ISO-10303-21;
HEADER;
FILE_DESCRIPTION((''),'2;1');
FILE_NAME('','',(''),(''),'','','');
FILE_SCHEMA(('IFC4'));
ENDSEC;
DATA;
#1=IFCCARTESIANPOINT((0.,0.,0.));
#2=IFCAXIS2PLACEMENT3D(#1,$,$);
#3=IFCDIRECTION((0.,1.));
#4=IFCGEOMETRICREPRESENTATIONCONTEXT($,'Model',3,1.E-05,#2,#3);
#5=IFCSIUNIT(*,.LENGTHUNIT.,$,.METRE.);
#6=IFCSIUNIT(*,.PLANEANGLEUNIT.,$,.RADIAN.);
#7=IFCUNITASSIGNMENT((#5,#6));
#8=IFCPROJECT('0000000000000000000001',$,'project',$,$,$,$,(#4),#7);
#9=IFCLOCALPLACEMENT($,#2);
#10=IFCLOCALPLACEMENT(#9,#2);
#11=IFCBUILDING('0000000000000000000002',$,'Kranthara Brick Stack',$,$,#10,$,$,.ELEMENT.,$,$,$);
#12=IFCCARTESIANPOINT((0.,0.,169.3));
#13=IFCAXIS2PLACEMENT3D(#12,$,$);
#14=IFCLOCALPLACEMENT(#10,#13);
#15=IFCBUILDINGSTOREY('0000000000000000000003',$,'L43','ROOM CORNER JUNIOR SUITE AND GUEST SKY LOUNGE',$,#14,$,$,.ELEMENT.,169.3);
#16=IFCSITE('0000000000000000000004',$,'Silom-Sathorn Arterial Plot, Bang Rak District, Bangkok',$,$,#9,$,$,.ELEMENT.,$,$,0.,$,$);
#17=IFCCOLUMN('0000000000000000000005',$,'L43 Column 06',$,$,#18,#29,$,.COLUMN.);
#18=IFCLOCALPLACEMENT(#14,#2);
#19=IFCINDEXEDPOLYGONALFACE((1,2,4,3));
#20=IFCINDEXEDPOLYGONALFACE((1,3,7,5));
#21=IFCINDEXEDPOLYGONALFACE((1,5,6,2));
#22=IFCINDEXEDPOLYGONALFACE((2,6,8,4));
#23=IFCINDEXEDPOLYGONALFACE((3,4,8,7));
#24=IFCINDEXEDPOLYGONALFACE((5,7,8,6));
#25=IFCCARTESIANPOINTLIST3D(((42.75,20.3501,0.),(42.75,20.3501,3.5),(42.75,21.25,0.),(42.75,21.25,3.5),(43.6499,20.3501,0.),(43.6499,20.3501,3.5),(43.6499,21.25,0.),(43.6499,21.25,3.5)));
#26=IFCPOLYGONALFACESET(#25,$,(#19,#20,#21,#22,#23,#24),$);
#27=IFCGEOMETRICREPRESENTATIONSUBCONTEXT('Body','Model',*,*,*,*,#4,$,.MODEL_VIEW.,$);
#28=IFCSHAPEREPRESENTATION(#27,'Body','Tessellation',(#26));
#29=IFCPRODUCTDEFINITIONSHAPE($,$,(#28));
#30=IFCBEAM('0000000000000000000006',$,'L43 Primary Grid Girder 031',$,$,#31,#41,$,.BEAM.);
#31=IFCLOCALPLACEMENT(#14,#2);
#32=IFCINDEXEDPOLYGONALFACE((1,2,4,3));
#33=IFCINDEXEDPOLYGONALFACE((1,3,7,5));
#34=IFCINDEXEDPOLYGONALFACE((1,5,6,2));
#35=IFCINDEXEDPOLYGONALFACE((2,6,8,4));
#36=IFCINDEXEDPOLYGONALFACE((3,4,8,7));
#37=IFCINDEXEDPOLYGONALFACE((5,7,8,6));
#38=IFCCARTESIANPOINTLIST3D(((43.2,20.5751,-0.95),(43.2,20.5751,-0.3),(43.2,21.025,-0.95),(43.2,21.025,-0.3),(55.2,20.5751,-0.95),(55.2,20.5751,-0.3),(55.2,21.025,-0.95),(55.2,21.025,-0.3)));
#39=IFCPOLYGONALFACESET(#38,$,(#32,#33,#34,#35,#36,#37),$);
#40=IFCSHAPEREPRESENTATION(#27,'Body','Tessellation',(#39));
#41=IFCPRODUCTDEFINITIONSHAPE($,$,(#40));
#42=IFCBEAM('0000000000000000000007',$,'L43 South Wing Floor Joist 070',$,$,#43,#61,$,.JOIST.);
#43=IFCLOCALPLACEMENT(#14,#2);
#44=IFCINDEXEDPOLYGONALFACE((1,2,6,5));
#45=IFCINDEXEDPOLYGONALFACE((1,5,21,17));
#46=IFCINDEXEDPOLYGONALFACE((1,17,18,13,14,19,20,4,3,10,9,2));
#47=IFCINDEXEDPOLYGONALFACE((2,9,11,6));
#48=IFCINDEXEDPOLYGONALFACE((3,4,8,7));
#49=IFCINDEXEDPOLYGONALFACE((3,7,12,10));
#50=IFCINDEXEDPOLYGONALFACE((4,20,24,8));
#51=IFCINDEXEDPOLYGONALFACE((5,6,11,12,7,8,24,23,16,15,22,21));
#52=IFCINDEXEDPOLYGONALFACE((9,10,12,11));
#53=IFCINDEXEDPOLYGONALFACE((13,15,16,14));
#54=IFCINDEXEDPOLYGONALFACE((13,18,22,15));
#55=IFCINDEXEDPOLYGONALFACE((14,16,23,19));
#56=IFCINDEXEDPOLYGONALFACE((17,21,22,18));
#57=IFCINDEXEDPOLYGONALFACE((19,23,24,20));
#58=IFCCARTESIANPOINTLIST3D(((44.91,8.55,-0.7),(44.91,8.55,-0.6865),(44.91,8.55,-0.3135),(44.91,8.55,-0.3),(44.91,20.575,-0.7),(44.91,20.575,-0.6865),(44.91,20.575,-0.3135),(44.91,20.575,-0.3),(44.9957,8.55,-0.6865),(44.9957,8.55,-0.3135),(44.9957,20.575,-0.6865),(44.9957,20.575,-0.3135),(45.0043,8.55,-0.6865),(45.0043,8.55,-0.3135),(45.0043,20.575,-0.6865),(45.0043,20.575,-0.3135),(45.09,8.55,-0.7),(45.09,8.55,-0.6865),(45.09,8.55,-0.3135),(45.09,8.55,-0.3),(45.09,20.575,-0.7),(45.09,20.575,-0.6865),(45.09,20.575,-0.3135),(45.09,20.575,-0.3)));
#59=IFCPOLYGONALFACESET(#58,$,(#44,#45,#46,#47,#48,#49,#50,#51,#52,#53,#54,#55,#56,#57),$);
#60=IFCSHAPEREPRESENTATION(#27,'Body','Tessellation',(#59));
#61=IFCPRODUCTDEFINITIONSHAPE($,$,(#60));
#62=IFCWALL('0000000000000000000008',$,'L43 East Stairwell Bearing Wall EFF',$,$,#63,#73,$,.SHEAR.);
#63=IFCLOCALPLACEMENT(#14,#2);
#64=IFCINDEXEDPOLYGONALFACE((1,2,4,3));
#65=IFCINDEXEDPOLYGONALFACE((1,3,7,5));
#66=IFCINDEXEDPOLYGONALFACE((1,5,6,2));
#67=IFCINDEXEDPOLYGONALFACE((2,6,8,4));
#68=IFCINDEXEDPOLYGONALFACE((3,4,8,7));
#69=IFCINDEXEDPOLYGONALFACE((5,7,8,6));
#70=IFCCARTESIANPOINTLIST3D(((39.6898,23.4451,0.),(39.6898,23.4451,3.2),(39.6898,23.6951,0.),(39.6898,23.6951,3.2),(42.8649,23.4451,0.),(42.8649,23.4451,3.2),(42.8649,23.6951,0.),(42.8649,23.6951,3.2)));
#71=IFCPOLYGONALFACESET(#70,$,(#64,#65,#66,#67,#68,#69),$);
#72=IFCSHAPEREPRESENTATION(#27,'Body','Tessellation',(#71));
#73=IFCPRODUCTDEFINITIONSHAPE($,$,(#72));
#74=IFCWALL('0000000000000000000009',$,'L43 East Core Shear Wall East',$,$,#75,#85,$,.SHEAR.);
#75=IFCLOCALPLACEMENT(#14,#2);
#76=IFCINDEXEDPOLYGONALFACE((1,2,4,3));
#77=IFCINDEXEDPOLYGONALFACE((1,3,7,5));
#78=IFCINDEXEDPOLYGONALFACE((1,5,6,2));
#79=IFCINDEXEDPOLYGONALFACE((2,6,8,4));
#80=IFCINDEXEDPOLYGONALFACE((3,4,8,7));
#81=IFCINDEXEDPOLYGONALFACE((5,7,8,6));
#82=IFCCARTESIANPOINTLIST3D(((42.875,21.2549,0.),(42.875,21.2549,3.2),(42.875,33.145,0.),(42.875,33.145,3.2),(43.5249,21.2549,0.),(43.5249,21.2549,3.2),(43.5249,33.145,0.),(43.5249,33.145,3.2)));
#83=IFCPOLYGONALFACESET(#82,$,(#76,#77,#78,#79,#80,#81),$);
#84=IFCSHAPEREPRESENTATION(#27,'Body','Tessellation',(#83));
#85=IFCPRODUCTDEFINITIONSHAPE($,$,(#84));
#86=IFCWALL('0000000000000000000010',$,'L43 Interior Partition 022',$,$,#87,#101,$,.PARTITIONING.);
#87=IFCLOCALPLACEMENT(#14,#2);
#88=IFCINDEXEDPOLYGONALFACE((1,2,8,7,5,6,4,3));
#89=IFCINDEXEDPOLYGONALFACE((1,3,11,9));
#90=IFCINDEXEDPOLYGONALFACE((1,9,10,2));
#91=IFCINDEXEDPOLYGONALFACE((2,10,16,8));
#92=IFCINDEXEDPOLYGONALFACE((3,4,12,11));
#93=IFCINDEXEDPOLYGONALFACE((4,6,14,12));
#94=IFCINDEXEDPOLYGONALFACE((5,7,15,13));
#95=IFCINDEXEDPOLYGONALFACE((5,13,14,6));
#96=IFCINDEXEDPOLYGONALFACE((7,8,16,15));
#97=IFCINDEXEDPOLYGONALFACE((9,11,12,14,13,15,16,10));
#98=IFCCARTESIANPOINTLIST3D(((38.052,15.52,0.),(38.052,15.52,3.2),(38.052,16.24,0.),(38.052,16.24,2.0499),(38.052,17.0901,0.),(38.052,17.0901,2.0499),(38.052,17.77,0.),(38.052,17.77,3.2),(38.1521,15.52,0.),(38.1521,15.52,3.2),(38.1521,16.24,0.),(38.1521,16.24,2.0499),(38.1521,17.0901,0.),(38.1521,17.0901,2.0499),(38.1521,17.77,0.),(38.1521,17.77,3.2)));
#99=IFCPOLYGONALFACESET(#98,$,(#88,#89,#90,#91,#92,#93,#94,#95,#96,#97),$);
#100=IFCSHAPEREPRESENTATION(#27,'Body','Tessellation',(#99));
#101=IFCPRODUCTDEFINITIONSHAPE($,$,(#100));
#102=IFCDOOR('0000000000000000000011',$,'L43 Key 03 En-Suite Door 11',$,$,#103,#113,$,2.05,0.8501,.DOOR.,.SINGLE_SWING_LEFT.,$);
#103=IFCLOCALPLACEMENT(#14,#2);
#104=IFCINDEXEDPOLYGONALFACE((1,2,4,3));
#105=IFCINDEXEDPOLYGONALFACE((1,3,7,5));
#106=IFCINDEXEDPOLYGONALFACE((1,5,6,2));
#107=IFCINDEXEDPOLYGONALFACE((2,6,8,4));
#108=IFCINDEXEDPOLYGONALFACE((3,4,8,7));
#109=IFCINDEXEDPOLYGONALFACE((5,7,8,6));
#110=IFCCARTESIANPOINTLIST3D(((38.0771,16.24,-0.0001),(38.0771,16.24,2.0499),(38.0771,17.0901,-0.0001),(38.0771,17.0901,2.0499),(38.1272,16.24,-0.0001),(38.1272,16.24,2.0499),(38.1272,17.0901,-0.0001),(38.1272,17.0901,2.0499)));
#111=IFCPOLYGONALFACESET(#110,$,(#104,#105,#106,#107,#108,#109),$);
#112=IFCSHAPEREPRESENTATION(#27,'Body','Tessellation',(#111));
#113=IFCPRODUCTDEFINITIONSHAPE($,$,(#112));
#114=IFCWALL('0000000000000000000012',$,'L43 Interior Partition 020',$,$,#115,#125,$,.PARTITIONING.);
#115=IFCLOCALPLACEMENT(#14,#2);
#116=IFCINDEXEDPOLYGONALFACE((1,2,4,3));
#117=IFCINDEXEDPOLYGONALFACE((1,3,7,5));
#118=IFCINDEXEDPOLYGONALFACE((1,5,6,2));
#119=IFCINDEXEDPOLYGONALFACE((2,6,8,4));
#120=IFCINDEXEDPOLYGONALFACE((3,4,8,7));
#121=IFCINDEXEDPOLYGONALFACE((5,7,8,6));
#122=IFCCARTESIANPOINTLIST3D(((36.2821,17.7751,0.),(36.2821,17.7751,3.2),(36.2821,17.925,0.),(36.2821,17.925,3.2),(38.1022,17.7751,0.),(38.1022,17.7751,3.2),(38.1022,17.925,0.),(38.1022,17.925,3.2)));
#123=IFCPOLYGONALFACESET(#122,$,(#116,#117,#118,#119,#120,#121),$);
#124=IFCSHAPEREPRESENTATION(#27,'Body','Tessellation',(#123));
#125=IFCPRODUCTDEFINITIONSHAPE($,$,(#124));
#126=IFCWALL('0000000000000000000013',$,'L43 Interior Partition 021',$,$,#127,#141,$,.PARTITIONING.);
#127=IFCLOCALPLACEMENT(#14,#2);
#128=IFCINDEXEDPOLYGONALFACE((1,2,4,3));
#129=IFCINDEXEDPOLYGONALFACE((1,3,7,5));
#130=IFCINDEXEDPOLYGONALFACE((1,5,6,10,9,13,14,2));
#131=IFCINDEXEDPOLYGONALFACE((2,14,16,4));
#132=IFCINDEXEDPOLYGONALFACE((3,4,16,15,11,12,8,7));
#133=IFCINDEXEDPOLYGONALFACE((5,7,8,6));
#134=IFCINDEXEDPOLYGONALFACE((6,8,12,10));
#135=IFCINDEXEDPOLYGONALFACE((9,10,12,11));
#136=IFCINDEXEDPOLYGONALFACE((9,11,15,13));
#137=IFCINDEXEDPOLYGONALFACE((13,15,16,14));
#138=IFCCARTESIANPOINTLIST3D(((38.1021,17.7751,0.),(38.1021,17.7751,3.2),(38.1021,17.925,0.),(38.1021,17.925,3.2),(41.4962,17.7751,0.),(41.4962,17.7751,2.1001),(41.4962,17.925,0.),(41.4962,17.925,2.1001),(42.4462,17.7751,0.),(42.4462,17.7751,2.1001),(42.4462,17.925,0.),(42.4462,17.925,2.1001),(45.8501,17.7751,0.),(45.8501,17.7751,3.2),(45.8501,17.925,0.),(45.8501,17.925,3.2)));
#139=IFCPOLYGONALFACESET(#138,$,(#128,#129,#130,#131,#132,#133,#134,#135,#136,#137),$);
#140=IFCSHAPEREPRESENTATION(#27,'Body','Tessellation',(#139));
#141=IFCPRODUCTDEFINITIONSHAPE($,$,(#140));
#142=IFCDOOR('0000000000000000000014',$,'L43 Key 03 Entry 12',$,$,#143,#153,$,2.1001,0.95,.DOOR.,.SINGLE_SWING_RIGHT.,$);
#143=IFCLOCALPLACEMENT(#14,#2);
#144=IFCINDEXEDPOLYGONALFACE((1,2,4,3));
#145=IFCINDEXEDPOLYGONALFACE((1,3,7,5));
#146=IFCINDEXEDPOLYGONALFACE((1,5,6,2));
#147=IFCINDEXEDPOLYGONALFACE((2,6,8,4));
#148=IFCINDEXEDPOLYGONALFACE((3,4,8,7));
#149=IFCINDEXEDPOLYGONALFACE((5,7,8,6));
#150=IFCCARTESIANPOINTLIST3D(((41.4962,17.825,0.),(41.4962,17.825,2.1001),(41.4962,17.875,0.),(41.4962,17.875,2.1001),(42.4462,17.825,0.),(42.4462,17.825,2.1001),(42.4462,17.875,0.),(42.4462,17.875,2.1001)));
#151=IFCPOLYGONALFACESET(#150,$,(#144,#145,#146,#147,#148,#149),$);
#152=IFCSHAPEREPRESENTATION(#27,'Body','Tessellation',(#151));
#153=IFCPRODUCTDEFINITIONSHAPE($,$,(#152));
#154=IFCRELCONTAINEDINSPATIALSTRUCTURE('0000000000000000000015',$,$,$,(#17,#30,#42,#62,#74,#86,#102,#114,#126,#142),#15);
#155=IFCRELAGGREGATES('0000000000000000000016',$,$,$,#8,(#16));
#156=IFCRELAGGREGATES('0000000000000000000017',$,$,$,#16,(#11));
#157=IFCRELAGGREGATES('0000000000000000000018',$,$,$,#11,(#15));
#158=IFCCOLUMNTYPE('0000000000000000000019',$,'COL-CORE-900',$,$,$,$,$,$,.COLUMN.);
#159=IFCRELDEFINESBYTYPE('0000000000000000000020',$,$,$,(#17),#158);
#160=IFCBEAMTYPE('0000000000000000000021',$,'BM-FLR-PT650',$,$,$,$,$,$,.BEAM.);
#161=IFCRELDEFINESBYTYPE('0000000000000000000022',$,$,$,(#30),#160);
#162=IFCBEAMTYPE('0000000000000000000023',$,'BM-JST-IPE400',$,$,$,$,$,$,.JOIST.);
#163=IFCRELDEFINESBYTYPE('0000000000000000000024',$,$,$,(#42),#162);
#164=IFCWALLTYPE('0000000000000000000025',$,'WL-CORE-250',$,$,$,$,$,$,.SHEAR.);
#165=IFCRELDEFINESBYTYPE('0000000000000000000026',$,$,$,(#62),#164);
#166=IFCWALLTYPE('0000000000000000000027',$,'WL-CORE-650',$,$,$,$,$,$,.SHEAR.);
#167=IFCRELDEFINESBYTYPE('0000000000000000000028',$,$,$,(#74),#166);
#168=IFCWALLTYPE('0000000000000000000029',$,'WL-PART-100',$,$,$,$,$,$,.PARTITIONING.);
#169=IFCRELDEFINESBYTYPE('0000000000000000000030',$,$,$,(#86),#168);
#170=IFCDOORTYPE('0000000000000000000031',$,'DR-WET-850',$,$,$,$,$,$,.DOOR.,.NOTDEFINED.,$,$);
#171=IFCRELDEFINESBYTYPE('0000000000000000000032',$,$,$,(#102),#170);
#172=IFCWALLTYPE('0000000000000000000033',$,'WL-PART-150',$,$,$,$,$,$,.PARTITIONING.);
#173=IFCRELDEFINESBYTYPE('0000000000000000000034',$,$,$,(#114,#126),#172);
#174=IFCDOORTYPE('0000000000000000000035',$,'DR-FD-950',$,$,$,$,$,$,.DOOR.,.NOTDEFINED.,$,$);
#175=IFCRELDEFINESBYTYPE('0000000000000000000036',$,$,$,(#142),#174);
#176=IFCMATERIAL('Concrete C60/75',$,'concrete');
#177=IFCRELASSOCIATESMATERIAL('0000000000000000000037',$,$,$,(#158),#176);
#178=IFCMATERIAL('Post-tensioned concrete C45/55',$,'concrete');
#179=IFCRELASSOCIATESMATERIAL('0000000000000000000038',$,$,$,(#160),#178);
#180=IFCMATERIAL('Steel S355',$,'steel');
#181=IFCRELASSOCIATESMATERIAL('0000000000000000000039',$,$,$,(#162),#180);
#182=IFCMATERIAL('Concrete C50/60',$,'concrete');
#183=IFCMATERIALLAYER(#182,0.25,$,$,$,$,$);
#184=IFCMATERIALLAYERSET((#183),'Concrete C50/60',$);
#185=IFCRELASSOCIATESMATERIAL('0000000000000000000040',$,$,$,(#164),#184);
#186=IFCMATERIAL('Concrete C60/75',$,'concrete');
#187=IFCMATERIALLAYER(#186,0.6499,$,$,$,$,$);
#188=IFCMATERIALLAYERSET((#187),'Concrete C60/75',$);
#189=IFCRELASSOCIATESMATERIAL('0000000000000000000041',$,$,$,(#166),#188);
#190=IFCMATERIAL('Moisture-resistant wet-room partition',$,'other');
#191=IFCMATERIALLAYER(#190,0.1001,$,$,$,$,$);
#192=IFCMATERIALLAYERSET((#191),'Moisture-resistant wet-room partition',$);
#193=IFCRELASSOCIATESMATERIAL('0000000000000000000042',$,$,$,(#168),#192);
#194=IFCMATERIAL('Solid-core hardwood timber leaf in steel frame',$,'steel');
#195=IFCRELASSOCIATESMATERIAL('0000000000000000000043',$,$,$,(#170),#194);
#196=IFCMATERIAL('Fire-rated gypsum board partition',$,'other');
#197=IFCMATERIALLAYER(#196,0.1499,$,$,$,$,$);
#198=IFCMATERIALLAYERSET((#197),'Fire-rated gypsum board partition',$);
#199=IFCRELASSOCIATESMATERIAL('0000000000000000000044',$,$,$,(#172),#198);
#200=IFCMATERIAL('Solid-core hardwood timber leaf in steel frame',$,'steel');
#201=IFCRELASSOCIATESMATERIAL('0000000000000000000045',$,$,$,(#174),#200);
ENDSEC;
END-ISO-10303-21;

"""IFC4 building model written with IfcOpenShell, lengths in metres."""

from ifc_helpers import new_model, si_unit, direction, frame, frame_2d, origin, origin_2d, place, context, subcontext, project, spatial, rectangle, i_section, extrude, material, layer, layer_set, material_profile, profile_set, type_object, element, fill, save


model = new_model("IFC4")

# Units and contexts
model_context = context("Model", 3, precision=1e-05, world=origin(), true_north=direction((0.0, 1.0)))
body_context = subcontext(model_context, "Body", "Model", "MODEL_VIEW")
ifc_project = project(units=[si_unit("LENGTHUNIT", "METRE"), si_unit("PLANEANGLEUNIT", "RADIAN")], contexts=[model_context])

# Site, building, storey
site_placement = place(None, origin())
site = spatial("IfcSite", under=ifc_project, at=site_placement, Name="Silom-Sathorn Arterial Plot, Bang Rak District, Bangkok", CompositionType="ELEMENT", RefElevation=0.0)
building_placement = place(site_placement, origin())
building = spatial("IfcBuilding", under=site, at=building_placement, Name="Kranthara Brick Stack", CompositionType="ELEMENT")
storey_placement = place(building_placement, frame((0.0, 0.0, 169.3)))
storey = spatial("IfcBuildingStorey", under=building, at=storey_placement, Name="L43", Description="ROOM CORNER JUNIOR SUITE AND GUEST SKY LOUNGE", CompositionType="ELEMENT", Elevation=169.3)

# Column
ifc_material_1 = material(Name="Concrete C60/75", Category="concrete")
ifc_material_profile_1 = material_profile(ifc_material_1, rectangle(XDim=0.8999, YDim=0.8999, at=origin_2d()), Name="RC 900x900")
ifc_profile_set_1 = profile_set([ifc_material_profile_1], Name="Concrete C60/75")
column_type = type_object("IfcColumnType", Name="COL-CORE-900", PredefinedType="COLUMN", material=ifc_profile_set_1)
column_placement = place(storey_placement, frame((43.2, 20.8, 0.0), z_axis=(0.0, 0.0, 1.0), x_axis=(1.0, 0.0, 0.0)))
element("IfcColumn", 1, at=column_placement, inside=storey, type_object=column_type, Name="L43 Column 06", PredefinedType="COLUMN", context=body_context, shape_type="SweptSolid", body=[
    extrude(rectangle(XDim=0.8999, YDim=0.8999, at=origin_2d()), origin(), (0.0, 0.0, 1.0), 3.5),
])

# Beams
ifc_material_2 = material(Name="Post-tensioned concrete C45/55", Category="concrete")
ifc_material_profile_2 = material_profile(ifc_material_2, rectangle(XDim=0.45, YDim=0.6499, at=origin_2d()), Name="PT 450x650")
ifc_profile_set_2 = profile_set([ifc_material_profile_2], Name="Post-tensioned concrete C45/55")
beam_type_1 = type_object("IfcBeamType", Name="BM-FLR-PT650", PredefinedType="BEAM", material=ifc_profile_set_2)
beam_1_placement = place(storey_placement, frame((43.2, 20.8, -0.625), z_axis=(1.0, 0.0, 0.0), x_axis=(0.0, 1.0, 0.0)))
element("IfcBeam", 2, at=beam_1_placement, inside=storey, type_object=beam_type_1, Name="L43 Primary Grid Girder 031", PredefinedType="BEAM", context=body_context, shape_type="SweptSolid", body=[
    extrude(rectangle(XDim=0.45, YDim=0.6499, at=origin_2d()), origin(), (0.0, 0.0, 1.0), 12.0),
])
ifc_material_3 = material(Name="Steel S355", Category="steel")
ifc_material_profile_3 = material_profile(ifc_material_3, i_section(OverallWidth=0.1799, OverallDepth=0.3999, WebThickness=0.0085, FlangeThickness=0.0134, at=origin_2d()), Name="IPE 400")
ifc_profile_set_3 = profile_set([ifc_material_profile_3], Name="Steel S355")
beam_type_2 = type_object("IfcBeamType", Name="BM-JST-IPE400", PredefinedType="JOIST", material=ifc_profile_set_3)
beam_2_placement = place(storey_placement, frame((45.0, 8.55, -0.5), z_axis=(0.0, 1.0, 0.0), x_axis=(-1.0, 0.0, 0.0)))
element("IfcBeam", 3, at=beam_2_placement, inside=storey, type_object=beam_type_2, Name="L43 South Wing Floor Joist 070", PredefinedType="JOIST", context=body_context, shape_type="SweptSolid", body=[
    extrude(i_section(OverallWidth=0.1799, OverallDepth=0.3999, WebThickness=0.0085, FlangeThickness=0.0134, at=origin_2d()), origin(), (0.0, 0.0, 1.0), 12.0249),
])

# Shared definitions
ifc_material_4 = material(Name="Concrete C50/60", Category="concrete")
ifc_layer_1 = layer(ifc_material_4, 0.25)
ifc_layer_set_1 = layer_set([ifc_layer_1], Name="Concrete C50/60")
wall_type_1 = type_object("IfcWallType", Name="WL-CORE-250", PredefinedType="SHEAR", material=ifc_layer_set_1)

# Walls
wall_1_placement = place(storey_placement, frame((39.6899, 23.5701, 0.0), z_axis=(0.0, 0.0, 1.0), x_axis=(1.0, 0.0, 0.0)))
element("IfcWall", 4, at=wall_1_placement, inside=storey, type_object=wall_type_1, Name="L43 East Stairwell Bearing Wall EFF", PredefinedType="SHEAR", context=body_context, shape_type="SweptSolid", body=[
    extrude(rectangle(XDim=3.175, YDim=0.25, at=frame_2d((1.5874, 0.0))), origin(), (0.0, 0.0, 1.0), 3.2),
])
ifc_material_5 = material(Name="Concrete C60/75", Category="concrete")
ifc_layer_2 = layer(ifc_material_5, 0.6499)
ifc_layer_set_2 = layer_set([ifc_layer_2], Name="Concrete C60/75")
wall_type_2 = type_object("IfcWallType", Name="WL-CORE-650", PredefinedType="SHEAR", material=ifc_layer_set_2)
wall_2_placement = place(storey_placement, frame((43.2, 21.2549, 0.0), z_axis=(0.0, 0.0, 1.0), x_axis=(0.0, 1.0, 0.0)))
element("IfcWall", 5, at=wall_2_placement, inside=storey, type_object=wall_type_2, Name="L43 East Core Shear Wall East", PredefinedType="SHEAR", context=body_context, shape_type="SweptSolid", body=[
    extrude(rectangle(XDim=11.8901, YDim=0.6499, at=frame_2d((5.9451, 0.0))), origin(), (0.0, 0.0, 1.0), 3.2),
])

# Wall, opening, door
ifc_material_6 = material(Name="Moisture-resistant wet-room partition", Category="other")
ifc_layer_3 = layer(ifc_material_6, 0.1001)
ifc_layer_set_3 = layer_set([ifc_layer_3], Name="Moisture-resistant wet-room partition")
wall_type_3 = type_object("IfcWallType", Name="WL-PART-100", PredefinedType="PARTITIONING", material=ifc_layer_set_3)
wall_3_placement = place(storey_placement, frame((38.1021, 15.52, 0.0), z_axis=(0.0, 0.0, 1.0), x_axis=(0.0, 1.0, 0.0)))
wall_3 = element("IfcWall", 6, at=wall_3_placement, inside=storey, type_object=wall_type_3, Name="L43 Interior Partition 022", PredefinedType="PARTITIONING", context=body_context, shape_type="SweptSolid", body=[
    extrude(rectangle(XDim=2.25, YDim=0.1001, at=frame_2d((1.125, 0.0))), origin(), (0.0, 0.0, 1.0), 3.2),
])
opening_1_placement = place(wall_3_placement, frame((0.72, 0.0, 0.0)))
opening_1 = element("IfcOpeningElement", 7, at=opening_1_placement, cuts=wall_3, PredefinedType="OPENING", context=body_context, shape_type="SweptSolid", body=[
    extrude(rectangle(XDim=0.8501, YDim=2.05, at=frame_2d((0.425, 1.0249))), frame((0.0, 0.0601, 0.0), z_axis=(0.0, -1.0, 0.0), x_axis=(1.0, 0.0, 0.0)), (0.0, 0.0, 1.0), 0.1201),
])
ifc_material_7 = material(Name="Solid-core hardwood timber leaf in steel frame", Category="steel")
door_type_1 = type_object("IfcDoorType", Name="DR-WET-850", OperationType="NOTDEFINED", PredefinedType="DOOR", material=ifc_material_7)
door_1_placement = place(opening_1_placement, origin())
door_1 = element("IfcDoor", 8, at=door_1_placement, inside=storey, type_object=door_type_1, Name="L43 Key 03 En-Suite Door 11", OperationType="SINGLE_SWING_LEFT", OverallHeight=2.05, OverallWidth=0.8501, PredefinedType="DOOR", context=body_context, shape_type="SweptSolid", body=[
    extrude(rectangle(XDim=0.8501, YDim=2.05, at=frame_2d((0.425, 1.0249))), frame((0.0, 0.0249, 0.0), z_axis=(0.0, -1.0, 0.0), x_axis=(1.0, 0.0, 0.0)), (0.0, 0.0, 1.0), 0.05),
])
fill(opening_1, door_1)

# Wall
ifc_material_8 = material(Name="Fire-rated gypsum board partition", Category="other")
ifc_layer_4 = layer(ifc_material_8, 0.1499)
ifc_layer_set_4 = layer_set([ifc_layer_4], Name="Fire-rated gypsum board partition")
wall_type_4 = type_object("IfcWallType", Name="WL-PART-150", PredefinedType="PARTITIONING", material=ifc_layer_set_4)
wall_4_placement = place(storey_placement, frame((36.282, 17.8501, 0.0), z_axis=(0.0, 0.0, 1.0), x_axis=(1.0, 0.0, 0.0)))
element("IfcWall", 9, at=wall_4_placement, inside=storey, type_object=wall_type_4, Name="L43 Interior Partition 020", PredefinedType="PARTITIONING", context=body_context, shape_type="SweptSolid", body=[
    extrude(rectangle(XDim=1.8201, YDim=0.1499, at=frame_2d((0.9102, 0.0))), origin(), (0.0, 0.0, 1.0), 3.2),
])

# Wall, opening, door
wall_5_placement = place(storey_placement, frame((38.1021, 17.8501, 0.0), z_axis=(0.0, 0.0, 1.0), x_axis=(1.0, 0.0, 0.0)))
wall_5 = element("IfcWall", 10, at=wall_5_placement, inside=storey, type_object=wall_type_4, Name="L43 Interior Partition 021", PredefinedType="PARTITIONING", context=body_context, shape_type="SweptSolid", body=[
    extrude(rectangle(XDim=7.748, YDim=0.1499, at=frame_2d((3.874, 0.0))), origin(), (0.0, 0.0, 1.0), 3.2),
])
opening_2_placement = place(wall_5_placement, frame((3.394, 0.0, 0.0)))
opening_2 = element("IfcOpeningElement", 11, at=opening_2_placement, cuts=wall_5, PredefinedType="OPENING", context=body_context, shape_type="SweptSolid", body=[
    extrude(rectangle(XDim=0.95, YDim=2.1001, at=frame_2d((0.4751, 1.05))), frame((0.0, 0.085, 0.0), z_axis=(0.0, -1.0, 0.0), x_axis=(1.0, 0.0, 0.0)), (0.0, 0.0, 1.0), 0.1699),
])
ifc_material_9 = material(Name="Solid-core hardwood timber leaf in steel frame", Category="steel")
door_type_2 = type_object("IfcDoorType", Name="DR-FD-950", OperationType="NOTDEFINED", PredefinedType="DOOR", material=ifc_material_9)
door_2_placement = place(opening_2_placement, origin())
door_2 = element("IfcDoor", 12, at=door_2_placement, inside=storey, type_object=door_type_2, Name="L43 Key 03 Entry 12", OperationType="SINGLE_SWING_RIGHT", OverallHeight=2.1001, OverallWidth=0.95, PredefinedType="DOOR", context=body_context, shape_type="SweptSolid", body=[
    extrude(rectangle(XDim=0.95, YDim=2.1001, at=frame_2d((0.4751, 1.05))), frame((0.0, 0.0249, 0.0), z_axis=(0.0, -1.0, 0.0), x_axis=(1.0, 0.0, 0.0)), (0.0, 0.0, 1.0), 0.05),
])
fill(opening_2, door_2)

save(model, "model.ifc")
